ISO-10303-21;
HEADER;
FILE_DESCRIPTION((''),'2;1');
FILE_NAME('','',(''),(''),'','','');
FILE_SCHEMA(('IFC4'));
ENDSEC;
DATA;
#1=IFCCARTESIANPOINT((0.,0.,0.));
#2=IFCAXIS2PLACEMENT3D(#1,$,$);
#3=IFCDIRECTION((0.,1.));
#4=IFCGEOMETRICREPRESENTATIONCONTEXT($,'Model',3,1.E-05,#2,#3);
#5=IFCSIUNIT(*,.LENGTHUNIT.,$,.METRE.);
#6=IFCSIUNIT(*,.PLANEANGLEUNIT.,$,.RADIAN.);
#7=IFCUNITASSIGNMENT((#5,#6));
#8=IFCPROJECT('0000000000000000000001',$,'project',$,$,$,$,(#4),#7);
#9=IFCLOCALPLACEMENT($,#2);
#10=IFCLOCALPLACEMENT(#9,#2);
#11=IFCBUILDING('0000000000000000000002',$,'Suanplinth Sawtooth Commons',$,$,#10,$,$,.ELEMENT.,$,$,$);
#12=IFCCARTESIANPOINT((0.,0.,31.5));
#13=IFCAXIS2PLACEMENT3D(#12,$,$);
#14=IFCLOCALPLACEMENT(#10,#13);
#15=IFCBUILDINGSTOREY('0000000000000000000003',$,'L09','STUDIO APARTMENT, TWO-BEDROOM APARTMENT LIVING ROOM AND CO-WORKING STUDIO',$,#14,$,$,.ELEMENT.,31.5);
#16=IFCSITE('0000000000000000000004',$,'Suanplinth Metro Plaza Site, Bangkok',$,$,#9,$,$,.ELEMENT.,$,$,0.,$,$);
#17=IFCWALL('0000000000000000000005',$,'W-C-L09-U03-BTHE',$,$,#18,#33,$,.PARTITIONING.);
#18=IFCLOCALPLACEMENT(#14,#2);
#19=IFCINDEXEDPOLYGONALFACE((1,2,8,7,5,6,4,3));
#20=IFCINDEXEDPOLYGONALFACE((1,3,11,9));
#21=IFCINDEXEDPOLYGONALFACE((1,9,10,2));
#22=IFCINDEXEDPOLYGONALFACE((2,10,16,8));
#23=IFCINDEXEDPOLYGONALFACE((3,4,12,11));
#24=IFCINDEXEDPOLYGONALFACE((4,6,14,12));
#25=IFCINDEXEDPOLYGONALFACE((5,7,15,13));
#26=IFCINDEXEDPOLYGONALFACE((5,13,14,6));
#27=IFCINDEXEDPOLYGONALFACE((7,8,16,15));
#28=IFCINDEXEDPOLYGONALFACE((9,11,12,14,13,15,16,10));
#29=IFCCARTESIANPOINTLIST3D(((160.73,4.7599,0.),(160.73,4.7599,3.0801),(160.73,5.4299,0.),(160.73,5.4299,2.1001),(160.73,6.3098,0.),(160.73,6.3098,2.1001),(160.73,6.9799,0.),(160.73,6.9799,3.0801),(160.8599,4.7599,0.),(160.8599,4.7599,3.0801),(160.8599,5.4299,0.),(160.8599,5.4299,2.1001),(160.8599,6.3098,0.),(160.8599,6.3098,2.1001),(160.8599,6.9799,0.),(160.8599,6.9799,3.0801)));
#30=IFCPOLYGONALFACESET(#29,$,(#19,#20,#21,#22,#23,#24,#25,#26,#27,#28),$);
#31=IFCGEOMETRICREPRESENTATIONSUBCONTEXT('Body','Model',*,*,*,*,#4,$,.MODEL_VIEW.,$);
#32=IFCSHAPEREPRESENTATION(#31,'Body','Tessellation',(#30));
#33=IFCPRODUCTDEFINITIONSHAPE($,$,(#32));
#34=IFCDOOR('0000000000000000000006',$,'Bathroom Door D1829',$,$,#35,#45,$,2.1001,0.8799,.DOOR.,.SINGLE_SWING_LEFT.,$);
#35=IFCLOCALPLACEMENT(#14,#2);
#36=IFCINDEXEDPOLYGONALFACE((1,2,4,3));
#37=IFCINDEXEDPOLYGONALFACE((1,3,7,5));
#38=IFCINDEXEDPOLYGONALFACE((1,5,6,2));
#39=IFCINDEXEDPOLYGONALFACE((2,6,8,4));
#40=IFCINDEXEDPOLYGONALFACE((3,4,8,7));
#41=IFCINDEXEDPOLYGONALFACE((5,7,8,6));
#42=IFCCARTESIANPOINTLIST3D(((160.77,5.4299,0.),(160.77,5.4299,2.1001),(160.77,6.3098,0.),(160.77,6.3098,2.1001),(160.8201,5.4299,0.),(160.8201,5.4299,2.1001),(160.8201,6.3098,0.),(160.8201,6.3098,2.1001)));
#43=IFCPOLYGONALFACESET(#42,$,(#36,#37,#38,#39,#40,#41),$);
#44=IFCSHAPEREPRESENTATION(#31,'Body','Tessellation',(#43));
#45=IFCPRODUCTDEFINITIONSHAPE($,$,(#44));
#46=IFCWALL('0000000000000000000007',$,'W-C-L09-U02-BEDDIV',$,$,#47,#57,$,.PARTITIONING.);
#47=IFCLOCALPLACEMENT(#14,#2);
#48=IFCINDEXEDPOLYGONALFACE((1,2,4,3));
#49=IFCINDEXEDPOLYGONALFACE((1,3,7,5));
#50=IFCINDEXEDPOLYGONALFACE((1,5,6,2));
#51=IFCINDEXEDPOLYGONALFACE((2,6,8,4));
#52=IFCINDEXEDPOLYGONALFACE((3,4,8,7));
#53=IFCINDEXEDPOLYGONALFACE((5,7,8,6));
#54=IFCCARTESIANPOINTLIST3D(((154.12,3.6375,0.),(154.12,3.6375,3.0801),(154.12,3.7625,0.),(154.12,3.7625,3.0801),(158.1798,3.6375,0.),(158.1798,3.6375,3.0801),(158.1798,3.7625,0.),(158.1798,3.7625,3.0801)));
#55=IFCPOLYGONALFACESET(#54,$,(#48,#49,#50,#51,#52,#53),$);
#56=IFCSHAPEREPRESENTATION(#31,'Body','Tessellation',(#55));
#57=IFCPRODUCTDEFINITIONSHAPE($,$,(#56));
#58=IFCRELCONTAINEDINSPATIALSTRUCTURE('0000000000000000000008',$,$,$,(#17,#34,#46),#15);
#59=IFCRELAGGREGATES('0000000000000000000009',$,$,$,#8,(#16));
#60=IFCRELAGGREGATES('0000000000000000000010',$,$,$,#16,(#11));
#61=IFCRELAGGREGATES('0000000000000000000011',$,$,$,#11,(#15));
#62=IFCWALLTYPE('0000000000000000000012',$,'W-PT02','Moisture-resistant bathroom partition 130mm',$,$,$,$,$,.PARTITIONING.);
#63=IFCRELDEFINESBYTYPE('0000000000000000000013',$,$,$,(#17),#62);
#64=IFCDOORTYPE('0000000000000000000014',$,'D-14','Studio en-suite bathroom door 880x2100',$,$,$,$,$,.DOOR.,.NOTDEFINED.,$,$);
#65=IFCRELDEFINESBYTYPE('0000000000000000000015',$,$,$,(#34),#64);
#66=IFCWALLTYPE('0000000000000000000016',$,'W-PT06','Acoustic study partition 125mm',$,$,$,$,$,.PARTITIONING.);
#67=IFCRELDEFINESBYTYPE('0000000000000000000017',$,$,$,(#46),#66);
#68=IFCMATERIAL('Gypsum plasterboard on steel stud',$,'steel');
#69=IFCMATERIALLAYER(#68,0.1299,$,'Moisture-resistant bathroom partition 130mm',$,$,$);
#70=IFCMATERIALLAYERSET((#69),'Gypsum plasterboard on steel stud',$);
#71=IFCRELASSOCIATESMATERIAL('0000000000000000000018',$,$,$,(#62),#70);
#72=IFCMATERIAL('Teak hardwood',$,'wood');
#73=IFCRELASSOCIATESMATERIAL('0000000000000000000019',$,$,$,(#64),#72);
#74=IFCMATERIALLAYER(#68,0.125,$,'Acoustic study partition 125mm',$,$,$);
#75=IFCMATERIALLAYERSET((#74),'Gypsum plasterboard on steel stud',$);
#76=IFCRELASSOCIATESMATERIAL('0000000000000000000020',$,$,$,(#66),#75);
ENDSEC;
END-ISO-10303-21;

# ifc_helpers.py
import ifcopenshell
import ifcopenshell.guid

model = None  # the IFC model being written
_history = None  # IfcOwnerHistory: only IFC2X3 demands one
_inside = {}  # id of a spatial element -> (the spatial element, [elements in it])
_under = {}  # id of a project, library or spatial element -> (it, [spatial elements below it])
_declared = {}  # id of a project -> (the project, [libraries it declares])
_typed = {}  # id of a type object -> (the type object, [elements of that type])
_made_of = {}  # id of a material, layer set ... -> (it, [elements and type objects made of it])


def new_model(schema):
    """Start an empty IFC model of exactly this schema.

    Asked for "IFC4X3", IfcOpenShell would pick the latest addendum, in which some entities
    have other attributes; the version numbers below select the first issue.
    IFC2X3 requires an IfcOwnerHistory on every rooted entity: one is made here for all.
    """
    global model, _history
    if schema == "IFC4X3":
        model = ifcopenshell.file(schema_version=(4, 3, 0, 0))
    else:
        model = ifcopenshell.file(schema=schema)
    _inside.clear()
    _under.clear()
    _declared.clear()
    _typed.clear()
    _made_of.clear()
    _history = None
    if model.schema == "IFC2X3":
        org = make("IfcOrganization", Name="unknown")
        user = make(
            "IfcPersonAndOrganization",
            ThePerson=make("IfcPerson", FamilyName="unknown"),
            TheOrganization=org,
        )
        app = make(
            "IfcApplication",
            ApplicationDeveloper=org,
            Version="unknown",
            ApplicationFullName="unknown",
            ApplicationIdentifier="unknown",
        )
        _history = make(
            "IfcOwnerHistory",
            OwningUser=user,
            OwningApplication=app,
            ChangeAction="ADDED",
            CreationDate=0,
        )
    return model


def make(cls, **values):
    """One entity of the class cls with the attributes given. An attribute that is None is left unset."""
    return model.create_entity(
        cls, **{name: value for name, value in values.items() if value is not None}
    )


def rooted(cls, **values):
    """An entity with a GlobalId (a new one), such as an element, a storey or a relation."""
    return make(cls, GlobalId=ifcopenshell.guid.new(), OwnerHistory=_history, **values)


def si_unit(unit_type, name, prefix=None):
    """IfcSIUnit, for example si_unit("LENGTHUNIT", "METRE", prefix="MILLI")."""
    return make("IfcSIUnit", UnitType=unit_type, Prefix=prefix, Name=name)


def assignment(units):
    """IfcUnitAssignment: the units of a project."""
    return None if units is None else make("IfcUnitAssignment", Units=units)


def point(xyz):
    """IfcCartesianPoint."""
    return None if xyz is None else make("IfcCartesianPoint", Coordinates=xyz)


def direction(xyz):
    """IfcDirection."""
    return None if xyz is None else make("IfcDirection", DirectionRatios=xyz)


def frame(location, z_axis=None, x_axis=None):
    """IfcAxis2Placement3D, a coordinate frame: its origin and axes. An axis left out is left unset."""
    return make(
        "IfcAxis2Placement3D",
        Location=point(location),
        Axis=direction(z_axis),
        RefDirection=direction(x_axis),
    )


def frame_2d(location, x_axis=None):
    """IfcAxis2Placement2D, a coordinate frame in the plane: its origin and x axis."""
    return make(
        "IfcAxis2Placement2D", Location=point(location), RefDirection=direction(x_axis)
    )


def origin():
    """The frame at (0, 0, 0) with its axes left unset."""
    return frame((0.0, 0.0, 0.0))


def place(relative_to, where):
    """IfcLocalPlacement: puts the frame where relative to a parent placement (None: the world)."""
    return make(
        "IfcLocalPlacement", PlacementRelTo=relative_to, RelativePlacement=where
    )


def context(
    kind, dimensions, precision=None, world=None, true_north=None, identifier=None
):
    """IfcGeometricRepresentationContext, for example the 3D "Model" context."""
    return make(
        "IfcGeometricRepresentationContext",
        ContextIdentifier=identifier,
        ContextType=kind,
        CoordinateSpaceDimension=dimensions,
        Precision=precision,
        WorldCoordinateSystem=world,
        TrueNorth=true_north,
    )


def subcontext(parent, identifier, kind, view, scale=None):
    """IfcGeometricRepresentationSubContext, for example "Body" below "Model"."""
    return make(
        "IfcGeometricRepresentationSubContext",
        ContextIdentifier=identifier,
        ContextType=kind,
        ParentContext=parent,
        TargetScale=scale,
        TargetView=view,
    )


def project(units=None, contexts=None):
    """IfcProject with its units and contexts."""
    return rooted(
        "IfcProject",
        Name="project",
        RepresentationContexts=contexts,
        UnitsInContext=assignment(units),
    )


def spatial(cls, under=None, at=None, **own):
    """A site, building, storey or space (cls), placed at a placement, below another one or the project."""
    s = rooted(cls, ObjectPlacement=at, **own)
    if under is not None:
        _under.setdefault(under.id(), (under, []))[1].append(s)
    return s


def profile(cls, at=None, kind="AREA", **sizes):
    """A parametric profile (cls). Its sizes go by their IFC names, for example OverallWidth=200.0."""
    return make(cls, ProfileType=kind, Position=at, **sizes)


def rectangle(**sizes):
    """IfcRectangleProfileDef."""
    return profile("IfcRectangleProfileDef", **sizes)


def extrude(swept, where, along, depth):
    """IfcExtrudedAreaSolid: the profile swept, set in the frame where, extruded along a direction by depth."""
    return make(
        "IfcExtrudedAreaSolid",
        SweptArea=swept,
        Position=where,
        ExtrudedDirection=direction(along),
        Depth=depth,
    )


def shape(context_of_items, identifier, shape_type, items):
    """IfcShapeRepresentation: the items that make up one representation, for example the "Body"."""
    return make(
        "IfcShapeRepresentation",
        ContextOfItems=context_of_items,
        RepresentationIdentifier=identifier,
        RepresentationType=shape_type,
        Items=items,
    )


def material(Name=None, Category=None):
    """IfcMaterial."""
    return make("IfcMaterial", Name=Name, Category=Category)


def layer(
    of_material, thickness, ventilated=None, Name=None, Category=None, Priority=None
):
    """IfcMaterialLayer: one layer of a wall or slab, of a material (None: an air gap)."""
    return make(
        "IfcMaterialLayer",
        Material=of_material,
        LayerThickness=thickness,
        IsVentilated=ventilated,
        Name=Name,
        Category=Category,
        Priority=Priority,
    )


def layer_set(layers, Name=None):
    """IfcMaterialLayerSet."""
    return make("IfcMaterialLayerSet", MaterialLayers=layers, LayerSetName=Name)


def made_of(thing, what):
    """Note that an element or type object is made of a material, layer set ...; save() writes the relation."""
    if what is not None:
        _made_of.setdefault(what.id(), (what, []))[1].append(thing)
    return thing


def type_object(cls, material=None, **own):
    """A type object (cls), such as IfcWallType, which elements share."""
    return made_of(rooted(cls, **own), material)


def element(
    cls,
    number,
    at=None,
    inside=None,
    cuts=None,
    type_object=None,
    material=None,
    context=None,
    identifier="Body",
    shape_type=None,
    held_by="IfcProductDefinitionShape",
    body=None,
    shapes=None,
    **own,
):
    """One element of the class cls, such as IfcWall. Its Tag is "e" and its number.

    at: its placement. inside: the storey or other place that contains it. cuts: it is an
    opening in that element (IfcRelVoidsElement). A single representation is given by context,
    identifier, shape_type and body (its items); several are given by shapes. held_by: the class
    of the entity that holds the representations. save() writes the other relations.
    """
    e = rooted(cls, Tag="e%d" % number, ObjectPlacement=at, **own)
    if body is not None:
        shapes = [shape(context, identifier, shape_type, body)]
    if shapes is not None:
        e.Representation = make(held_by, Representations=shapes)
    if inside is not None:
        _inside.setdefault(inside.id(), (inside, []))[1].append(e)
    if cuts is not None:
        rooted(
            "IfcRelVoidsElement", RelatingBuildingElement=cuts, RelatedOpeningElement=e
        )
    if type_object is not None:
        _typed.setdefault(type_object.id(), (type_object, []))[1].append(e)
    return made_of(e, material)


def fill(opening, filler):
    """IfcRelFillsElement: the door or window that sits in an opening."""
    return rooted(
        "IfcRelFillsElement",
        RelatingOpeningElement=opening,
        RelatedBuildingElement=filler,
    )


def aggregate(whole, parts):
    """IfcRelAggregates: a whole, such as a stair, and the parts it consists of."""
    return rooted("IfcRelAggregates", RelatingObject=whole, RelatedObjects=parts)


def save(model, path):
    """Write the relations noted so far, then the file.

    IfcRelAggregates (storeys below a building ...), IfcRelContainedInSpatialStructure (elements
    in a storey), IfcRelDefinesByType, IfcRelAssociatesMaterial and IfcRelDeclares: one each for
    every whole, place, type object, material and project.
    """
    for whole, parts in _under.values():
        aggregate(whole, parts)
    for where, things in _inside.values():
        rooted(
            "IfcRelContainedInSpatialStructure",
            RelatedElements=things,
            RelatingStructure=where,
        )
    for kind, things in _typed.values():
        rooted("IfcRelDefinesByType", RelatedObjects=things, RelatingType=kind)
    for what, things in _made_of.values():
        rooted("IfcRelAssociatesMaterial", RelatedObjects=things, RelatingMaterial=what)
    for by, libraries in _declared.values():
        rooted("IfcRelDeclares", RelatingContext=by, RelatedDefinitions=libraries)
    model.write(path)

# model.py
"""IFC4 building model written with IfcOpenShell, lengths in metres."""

from ifc_helpers import new_model, si_unit, direction, frame, frame_2d, origin, place, context, subcontext, project, spatial, rectangle, extrude, material, layer, layer_set, type_object, element, fill, save


model = new_model("IFC4")

# Units and contexts
model_context = context("Model", 3, precision=1e-05, world=origin(), true_north=direction((0.0, 1.0)))
body_context = subcontext(model_context, "Body", "Model", "MODEL_VIEW")
ifc_project = project(units=[si_unit("LENGTHUNIT", "METRE"), si_unit("PLANEANGLEUNIT", "RADIAN")], contexts=[model_context])

# Site, building, storey
site_placement = place(None, origin())
site = spatial("IfcSite", under=ifc_project, at=site_placement, Name="Suanplinth Metro Plaza Site, Bangkok", CompositionType="ELEMENT", RefElevation=0.0)
building_placement = place(site_placement, origin())
building = spatial("IfcBuilding", under=site, at=building_placement, Name="Suanplinth Sawtooth Commons", CompositionType="ELEMENT")
storey_placement = place(building_placement, frame((0.0, 0.0, 31.5)))
storey = spatial("IfcBuildingStorey", under=building, at=storey_placement, Name="L09", Description="STUDIO APARTMENT, TWO-BEDROOM APARTMENT LIVING ROOM AND CO-WORKING STUDIO", CompositionType="ELEMENT", Elevation=31.5)

# Shared definitions
ifc_material_1 = material(Name="Gypsum plasterboard on steel stud", Category="steel")
ifc_material_2 = material(Name="Teak hardwood", Category="wood")

# Shared definitions
ifc_layer_1 = layer(ifc_material_1, 0.1299, Name="Moisture-resistant bathroom partition 130mm")
ifc_layer_set_1 = layer_set([ifc_layer_1], Name="Gypsum plasterboard on steel stud")
wall_type_1 = type_object("IfcWallType", Name="W-PT02", Description="Moisture-resistant bathroom partition 130mm", PredefinedType="PARTITIONING", material=ifc_layer_set_1)

# Wall, opening, door
wall_1_placement = place(storey_placement, frame((160.7949, 4.76, 0.0), z_axis=(0.0, 0.0, 1.0), x_axis=(0.0, 1.0, 0.0)))
wall_1 = element("IfcWall", 1, at=wall_1_placement, inside=storey, type_object=wall_type_1, Name="W-C-L09-U03-BTHE", PredefinedType="PARTITIONING", context=body_context, shape_type="SweptSolid", body=[
    extrude(rectangle(XDim=2.22, YDim=0.1299, at=frame_2d((1.1099, 0.0))), origin(), (0.0, 0.0, 1.0), 3.0801),
])
opening_1_placement = place(wall_1_placement, frame((0.6699, 0.0, 0.0)))
opening_1 = element("IfcOpeningElement", 2, at=opening_1_placement, cuts=wall_1, PredefinedType="OPENING", context=body_context, shape_type="SweptSolid", body=[
    extrude(rectangle(XDim=0.8799, YDim=2.1001, at=frame_2d((0.4399, 1.05))), frame((0.0, 0.0798, 0.0), z_axis=(0.0, -1.0, 0.0), x_axis=(1.0, 0.0, 0.0)), (0.0, 0.0, 1.0), 0.1597),
])
door_type_1 = type_object("IfcDoorType", Name="D-14", Description="Studio en-suite bathroom door 880x2100", OperationType="NOTDEFINED", PredefinedType="DOOR", material=ifc_material_2)
door_1_placement = place(opening_1_placement, origin())
door_1 = element("IfcDoor", 3, at=door_1_placement, inside=storey, type_object=door_type_1, Name="Bathroom Door D1829", OperationType="SINGLE_SWING_LEFT", OverallHeight=2.1001, OverallWidth=0.8799, PredefinedType="DOOR", context=body_context, shape_type="SweptSolid", body=[
    extrude(rectangle(XDim=0.8799, YDim=2.1001, at=frame_2d((0.4399, 1.05))), frame((0.0, 0.0249, 0.0), z_axis=(0.0, -1.0, 0.0), x_axis=(1.0, 0.0, 0.0)), (0.0, 0.0, 1.0), 0.05),
])
fill(opening_1, door_1)

# Wall
ifc_layer_2 = layer(ifc_material_1, 0.125, Name="Acoustic study partition 125mm")
ifc_layer_set_2 = layer_set([ifc_layer_2], Name="Gypsum plasterboard on steel stud")
wall_type_2 = type_object("IfcWallType", Name="W-PT06", Description="Acoustic study partition 125mm", PredefinedType="PARTITIONING", material=ifc_layer_set_2)
wall_2_placement = place(storey_placement, frame((154.1201, 3.7, 0.0), z_axis=(0.0, 0.0, 1.0), x_axis=(1.0, 0.0, 0.0)))
element("IfcWall", 4, at=wall_2_placement, inside=storey, type_object=wall_type_2, Name="W-C-L09-U02-BEDDIV", PredefinedType="PARTITIONING", context=body_context, shape_type="SweptSolid", body=[
    extrude(rectangle(XDim=4.0598, YDim=0.125, at=frame_2d((2.0298, 0.0))), origin(), (0.0, 0.0, 1.0), 3.0801),
])

save(model, "model.ifc")
